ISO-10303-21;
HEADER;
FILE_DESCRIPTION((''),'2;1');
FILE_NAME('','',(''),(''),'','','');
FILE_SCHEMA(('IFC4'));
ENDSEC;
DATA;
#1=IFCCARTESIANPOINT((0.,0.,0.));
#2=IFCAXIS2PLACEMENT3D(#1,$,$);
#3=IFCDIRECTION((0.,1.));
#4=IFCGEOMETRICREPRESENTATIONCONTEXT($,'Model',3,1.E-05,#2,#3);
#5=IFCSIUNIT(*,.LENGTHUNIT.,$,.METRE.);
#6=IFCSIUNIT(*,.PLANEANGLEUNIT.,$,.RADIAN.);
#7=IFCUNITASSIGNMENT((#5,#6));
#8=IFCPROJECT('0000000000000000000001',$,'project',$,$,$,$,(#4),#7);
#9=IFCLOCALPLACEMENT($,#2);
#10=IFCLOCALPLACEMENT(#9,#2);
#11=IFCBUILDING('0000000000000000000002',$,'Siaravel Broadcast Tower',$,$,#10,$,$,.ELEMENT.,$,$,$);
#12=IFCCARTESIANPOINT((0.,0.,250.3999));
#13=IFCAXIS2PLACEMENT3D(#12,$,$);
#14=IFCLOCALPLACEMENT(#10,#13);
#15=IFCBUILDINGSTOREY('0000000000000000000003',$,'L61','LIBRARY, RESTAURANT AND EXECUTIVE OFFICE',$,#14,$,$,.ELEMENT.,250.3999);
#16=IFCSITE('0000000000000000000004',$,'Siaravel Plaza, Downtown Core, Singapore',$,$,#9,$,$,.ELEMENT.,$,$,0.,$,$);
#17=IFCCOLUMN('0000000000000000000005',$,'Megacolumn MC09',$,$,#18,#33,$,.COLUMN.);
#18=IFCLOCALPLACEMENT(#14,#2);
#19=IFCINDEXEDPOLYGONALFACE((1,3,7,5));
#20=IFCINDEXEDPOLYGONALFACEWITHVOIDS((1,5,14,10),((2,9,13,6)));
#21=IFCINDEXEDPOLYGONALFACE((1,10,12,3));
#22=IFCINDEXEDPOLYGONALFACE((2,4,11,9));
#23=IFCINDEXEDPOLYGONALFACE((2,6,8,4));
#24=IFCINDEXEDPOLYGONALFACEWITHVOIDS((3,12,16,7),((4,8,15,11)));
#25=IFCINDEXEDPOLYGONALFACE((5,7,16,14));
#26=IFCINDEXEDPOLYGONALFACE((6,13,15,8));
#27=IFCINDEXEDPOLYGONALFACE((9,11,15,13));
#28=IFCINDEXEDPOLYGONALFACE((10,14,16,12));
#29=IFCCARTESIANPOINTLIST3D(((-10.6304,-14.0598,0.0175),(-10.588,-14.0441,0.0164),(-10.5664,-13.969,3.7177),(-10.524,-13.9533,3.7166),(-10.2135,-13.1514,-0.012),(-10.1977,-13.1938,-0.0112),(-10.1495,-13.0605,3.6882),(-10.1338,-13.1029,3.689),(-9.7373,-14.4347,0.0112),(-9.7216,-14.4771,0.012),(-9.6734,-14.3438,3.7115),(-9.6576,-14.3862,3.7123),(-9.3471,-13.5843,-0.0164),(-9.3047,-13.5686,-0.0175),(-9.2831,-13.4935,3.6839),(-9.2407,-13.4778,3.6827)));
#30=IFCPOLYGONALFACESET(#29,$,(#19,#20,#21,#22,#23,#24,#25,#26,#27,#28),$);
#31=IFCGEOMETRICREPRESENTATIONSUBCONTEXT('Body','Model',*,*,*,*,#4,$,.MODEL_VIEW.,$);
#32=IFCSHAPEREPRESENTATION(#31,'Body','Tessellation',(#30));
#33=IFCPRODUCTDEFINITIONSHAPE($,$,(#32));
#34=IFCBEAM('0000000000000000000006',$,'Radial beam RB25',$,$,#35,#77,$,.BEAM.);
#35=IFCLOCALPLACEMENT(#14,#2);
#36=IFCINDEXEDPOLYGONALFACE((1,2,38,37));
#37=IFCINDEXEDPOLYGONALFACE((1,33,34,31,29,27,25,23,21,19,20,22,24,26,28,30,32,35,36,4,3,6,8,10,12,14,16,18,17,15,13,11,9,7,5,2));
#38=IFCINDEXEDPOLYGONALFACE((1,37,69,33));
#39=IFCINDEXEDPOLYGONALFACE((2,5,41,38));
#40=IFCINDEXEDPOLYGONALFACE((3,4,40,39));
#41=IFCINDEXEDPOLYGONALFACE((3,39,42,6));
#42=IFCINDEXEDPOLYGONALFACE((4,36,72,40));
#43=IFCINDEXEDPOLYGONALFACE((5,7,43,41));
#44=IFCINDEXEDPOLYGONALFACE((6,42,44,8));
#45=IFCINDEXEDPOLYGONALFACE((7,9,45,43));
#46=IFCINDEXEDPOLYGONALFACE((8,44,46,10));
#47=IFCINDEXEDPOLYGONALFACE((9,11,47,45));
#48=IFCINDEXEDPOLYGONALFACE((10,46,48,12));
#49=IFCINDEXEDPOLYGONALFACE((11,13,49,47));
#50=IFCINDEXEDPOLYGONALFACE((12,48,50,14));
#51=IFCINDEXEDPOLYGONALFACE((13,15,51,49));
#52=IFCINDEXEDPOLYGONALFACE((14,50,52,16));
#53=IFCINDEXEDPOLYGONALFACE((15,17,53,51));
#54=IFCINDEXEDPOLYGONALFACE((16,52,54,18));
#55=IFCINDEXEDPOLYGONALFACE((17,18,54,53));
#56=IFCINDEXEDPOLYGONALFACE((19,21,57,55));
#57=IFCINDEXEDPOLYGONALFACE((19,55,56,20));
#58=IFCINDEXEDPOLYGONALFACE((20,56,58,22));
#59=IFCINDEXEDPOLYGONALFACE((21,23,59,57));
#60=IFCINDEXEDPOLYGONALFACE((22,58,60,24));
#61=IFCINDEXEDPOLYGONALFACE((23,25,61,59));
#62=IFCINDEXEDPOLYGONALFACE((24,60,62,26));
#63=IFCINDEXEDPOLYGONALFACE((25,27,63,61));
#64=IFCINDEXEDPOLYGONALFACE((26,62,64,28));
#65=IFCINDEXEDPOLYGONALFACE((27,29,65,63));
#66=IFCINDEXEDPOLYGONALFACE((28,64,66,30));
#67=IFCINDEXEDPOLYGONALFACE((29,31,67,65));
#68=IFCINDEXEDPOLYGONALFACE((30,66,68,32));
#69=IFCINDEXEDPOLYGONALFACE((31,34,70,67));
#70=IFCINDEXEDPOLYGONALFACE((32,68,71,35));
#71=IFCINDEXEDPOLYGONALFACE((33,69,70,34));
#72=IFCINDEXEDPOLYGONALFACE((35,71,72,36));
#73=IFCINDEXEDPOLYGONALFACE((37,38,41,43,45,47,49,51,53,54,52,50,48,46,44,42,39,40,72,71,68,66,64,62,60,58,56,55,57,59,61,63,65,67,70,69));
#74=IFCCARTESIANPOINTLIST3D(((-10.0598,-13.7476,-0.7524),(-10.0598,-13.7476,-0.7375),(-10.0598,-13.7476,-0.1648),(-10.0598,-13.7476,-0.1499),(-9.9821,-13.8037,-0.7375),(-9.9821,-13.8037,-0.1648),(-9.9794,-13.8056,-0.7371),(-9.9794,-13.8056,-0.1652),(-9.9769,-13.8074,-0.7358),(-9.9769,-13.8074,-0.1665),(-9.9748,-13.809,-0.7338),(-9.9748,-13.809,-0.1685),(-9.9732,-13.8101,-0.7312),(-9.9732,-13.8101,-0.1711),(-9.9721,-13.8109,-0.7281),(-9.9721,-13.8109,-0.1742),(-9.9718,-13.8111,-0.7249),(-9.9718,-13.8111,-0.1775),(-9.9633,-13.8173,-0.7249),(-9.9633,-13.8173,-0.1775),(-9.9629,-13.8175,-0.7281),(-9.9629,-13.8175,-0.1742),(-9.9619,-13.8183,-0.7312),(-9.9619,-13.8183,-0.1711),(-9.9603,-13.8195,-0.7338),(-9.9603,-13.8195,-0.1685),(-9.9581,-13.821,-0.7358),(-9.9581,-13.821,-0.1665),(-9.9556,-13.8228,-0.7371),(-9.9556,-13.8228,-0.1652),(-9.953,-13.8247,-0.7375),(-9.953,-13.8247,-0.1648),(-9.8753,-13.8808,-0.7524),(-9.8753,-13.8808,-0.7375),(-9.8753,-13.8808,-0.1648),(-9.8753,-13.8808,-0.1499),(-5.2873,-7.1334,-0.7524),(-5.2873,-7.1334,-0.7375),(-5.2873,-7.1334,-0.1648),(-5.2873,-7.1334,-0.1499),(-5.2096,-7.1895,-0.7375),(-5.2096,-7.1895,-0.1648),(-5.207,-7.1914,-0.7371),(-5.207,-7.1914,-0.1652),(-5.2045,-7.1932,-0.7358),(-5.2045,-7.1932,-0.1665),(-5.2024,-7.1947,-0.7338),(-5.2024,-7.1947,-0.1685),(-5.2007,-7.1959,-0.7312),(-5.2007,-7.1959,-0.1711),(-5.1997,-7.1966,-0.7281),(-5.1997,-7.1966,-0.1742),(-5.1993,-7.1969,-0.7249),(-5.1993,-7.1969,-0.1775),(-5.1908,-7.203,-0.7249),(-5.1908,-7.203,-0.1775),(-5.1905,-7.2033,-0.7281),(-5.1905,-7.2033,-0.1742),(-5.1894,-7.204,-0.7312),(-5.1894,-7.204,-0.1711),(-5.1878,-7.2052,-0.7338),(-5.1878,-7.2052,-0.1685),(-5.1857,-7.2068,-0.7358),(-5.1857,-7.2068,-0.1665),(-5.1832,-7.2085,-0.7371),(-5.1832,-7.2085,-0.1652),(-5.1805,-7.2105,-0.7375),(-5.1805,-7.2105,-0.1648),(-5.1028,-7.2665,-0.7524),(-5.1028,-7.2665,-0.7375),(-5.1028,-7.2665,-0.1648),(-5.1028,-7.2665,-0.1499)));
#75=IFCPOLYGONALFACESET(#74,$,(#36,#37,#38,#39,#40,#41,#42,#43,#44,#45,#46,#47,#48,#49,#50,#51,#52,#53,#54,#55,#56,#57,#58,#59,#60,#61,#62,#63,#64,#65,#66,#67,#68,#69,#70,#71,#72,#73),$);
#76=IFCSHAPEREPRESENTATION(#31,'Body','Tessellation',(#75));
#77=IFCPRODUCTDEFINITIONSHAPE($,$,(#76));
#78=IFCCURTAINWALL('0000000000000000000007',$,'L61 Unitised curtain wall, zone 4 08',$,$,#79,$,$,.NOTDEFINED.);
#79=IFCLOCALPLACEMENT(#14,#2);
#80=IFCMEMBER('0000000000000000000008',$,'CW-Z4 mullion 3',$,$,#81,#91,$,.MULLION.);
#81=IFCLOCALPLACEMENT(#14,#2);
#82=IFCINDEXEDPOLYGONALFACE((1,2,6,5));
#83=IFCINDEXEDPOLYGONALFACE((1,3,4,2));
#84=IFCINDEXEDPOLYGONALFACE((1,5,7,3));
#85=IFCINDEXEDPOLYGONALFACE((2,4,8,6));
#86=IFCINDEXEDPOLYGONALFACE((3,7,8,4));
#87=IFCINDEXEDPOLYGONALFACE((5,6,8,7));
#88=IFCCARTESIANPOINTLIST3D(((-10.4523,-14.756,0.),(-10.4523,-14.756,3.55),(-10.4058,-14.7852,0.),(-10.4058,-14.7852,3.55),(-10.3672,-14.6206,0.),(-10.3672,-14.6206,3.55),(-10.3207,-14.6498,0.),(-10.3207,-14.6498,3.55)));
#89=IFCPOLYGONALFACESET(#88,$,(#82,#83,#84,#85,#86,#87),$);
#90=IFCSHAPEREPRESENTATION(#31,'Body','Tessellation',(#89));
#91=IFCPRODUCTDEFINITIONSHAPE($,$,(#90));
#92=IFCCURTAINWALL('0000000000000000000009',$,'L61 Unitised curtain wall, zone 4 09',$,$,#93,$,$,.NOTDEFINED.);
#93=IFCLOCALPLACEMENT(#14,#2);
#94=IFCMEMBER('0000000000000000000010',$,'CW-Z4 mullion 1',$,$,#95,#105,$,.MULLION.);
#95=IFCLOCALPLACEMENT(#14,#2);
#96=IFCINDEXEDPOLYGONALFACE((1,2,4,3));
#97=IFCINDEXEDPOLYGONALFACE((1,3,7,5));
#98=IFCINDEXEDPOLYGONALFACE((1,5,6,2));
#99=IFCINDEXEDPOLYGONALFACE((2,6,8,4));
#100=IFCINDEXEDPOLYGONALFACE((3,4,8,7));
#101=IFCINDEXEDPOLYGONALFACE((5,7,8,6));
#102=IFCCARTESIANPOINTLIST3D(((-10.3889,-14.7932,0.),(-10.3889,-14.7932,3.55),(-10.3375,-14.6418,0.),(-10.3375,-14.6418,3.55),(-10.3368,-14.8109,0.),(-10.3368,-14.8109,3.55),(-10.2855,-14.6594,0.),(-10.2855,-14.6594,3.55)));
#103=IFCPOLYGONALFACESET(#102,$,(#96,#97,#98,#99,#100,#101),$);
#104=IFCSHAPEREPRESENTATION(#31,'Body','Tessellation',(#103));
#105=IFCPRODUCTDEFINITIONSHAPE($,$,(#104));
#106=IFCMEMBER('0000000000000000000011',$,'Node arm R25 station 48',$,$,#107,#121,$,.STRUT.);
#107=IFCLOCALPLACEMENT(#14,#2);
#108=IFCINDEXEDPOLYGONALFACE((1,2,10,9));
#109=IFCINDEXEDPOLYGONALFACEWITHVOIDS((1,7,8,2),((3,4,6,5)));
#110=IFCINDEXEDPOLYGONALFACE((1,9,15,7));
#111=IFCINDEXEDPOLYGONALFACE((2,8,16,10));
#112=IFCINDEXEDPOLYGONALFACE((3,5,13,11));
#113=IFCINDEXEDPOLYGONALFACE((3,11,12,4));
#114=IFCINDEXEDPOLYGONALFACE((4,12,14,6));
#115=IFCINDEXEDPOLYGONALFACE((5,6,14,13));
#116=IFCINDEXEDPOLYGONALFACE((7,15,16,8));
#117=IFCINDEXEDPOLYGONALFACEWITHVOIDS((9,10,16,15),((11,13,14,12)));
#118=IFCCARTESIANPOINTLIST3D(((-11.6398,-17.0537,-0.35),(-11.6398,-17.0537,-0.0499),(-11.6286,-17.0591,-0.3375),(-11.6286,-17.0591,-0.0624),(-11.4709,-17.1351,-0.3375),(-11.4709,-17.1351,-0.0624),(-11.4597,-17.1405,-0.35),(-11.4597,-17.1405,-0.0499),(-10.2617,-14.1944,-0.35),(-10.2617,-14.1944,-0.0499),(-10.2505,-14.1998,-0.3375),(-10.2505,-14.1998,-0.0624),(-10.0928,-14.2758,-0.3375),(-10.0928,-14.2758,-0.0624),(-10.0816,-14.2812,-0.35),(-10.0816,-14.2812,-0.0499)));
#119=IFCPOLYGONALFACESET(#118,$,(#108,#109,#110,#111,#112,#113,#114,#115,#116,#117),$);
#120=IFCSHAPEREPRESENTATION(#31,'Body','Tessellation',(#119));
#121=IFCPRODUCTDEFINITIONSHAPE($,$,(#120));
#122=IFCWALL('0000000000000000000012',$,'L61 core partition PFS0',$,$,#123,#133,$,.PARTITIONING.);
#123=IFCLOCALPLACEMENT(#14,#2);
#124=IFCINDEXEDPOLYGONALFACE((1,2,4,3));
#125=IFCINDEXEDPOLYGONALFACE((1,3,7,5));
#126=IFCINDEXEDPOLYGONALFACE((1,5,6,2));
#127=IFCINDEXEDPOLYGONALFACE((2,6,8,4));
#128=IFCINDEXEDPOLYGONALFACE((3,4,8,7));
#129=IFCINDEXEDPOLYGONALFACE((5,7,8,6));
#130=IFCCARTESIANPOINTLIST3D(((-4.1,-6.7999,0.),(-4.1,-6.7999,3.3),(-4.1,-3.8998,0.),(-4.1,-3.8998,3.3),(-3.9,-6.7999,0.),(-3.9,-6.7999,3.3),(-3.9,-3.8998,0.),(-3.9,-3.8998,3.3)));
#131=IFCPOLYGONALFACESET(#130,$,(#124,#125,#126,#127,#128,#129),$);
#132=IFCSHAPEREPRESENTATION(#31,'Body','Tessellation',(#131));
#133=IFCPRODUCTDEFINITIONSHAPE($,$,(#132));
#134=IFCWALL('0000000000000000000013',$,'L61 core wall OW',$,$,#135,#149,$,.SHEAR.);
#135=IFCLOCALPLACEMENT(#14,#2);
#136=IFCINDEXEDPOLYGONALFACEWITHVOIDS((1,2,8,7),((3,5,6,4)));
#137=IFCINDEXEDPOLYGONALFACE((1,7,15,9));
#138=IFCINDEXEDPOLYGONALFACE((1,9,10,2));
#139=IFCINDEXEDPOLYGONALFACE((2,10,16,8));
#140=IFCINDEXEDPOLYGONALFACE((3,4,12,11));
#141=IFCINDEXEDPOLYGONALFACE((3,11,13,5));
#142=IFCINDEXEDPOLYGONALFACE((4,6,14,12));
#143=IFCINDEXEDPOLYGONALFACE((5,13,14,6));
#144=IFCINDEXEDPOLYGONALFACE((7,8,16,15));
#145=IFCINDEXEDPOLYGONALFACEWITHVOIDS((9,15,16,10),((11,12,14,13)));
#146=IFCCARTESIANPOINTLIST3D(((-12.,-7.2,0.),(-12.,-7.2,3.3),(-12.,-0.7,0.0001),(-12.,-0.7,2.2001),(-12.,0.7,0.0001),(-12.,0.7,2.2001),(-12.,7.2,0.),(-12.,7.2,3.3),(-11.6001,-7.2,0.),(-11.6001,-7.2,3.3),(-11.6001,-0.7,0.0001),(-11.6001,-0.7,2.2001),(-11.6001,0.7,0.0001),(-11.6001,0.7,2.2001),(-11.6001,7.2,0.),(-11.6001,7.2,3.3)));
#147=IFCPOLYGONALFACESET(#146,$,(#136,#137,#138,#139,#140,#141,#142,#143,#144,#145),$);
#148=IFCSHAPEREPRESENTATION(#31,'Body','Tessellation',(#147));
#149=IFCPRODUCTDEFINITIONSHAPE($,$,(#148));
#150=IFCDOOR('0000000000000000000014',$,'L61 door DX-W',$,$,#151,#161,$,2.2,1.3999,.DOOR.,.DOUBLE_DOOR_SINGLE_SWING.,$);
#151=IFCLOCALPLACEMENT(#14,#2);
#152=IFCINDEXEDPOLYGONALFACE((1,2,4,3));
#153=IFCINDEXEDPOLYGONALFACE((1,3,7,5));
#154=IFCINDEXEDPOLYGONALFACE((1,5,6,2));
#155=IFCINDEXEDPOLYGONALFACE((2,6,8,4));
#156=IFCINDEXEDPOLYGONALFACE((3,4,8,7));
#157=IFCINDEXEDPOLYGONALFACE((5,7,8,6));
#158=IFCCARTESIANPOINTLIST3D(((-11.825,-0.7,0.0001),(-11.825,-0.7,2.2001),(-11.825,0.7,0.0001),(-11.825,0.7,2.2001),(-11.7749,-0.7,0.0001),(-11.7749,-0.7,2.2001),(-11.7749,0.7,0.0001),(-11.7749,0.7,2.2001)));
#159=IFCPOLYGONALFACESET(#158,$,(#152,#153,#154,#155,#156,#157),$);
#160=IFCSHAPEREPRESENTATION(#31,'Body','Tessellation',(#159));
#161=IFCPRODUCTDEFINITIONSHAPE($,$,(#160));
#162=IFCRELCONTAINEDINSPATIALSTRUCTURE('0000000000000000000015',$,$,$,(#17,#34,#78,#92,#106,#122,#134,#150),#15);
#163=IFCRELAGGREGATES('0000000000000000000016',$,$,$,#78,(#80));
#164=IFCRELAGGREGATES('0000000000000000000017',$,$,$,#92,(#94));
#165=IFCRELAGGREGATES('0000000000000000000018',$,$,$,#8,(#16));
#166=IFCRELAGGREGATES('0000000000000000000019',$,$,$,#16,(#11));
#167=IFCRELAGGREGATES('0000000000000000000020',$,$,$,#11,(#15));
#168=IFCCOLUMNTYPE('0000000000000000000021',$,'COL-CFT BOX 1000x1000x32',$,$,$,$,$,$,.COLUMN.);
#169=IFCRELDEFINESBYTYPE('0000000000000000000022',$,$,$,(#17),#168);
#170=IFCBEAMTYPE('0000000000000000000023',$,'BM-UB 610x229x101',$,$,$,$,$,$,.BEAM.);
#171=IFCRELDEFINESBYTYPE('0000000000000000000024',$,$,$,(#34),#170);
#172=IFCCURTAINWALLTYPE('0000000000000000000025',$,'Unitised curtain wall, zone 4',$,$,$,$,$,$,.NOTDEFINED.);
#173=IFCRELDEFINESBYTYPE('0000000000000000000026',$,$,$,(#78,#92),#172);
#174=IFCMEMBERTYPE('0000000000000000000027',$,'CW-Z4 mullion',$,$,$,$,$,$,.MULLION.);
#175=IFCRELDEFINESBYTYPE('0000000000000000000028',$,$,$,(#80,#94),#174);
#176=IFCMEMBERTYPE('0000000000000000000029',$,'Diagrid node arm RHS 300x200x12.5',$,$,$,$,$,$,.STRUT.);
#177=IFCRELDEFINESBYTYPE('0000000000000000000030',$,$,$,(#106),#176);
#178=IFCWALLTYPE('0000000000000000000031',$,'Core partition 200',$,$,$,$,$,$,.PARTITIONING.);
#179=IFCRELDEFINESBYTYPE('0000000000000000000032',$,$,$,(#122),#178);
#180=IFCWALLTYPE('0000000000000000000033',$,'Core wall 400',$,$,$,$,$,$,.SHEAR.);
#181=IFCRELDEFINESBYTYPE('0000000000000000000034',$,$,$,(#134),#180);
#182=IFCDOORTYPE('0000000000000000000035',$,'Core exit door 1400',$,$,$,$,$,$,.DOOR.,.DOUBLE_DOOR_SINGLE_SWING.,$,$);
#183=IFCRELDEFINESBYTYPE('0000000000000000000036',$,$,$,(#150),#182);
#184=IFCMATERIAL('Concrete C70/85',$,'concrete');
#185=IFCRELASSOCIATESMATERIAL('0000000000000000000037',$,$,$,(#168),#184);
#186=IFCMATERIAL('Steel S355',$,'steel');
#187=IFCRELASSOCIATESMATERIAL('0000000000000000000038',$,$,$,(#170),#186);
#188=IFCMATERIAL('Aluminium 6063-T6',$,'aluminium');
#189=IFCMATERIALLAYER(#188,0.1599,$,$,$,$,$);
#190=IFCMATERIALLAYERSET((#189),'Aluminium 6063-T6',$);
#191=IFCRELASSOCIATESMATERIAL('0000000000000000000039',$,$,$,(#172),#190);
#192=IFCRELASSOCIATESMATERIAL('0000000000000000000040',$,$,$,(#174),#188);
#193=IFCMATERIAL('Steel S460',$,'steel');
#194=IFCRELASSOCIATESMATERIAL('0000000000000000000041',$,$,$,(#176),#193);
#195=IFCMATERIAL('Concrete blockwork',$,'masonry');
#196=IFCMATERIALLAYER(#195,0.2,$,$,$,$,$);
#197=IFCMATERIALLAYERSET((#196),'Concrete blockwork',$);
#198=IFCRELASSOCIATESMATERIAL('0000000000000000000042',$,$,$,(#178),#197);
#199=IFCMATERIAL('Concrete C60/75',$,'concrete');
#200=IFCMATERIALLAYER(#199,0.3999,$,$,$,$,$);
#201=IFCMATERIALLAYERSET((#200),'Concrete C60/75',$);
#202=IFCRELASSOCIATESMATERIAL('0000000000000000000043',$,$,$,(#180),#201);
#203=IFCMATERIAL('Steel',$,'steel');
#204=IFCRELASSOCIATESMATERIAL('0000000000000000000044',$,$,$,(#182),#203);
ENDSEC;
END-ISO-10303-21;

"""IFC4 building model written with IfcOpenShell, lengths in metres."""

from ifc_helpers import new_model, si_unit, direction, frame, frame_2d, origin, origin_2d, place, context, subcontext, project, spatial, rectangle, hollow_rectangle, i_section, extrude, material, layer, layer_set, material_profile, profile_set, type_object, element, fill, aggregate, save


model = new_model("IFC4")

# Units and contexts
model_context = context("Model", 3, precision=1e-05, world=origin(), true_north=direction((0.0, 1.0)))
body_context = subcontext(model_context, "Body", "Model", "MODEL_VIEW")
ifc_project = project(units=[si_unit("LENGTHUNIT", "METRE"), si_unit("PLANEANGLEUNIT", "RADIAN")], contexts=[model_context])

# Site, building, storey
site_placement = place(None, origin())
site = spatial("IfcSite", under=ifc_project, at=site_placement, Name="Siaravel Plaza, Downtown Core, Singapore", CompositionType="ELEMENT", RefElevation=0.0)
building_placement = place(site_placement, origin())
building = spatial("IfcBuilding", under=site, at=building_placement, Name="Siaravel Broadcast Tower", CompositionType="ELEMENT")
storey_placement = place(building_placement, frame((0.0, 0.0, 250.3999)))
storey = spatial("IfcBuildingStorey", under=building, at=storey_placement, Name="L61", Description="LIBRARY, RESTAURANT AND EXECUTIVE OFFICE", CompositionType="ELEMENT", Elevation=250.3999)

# Column
ifc_material_1 = material(Name="Concrete C70/85", Category="concrete")
ifc_material_profile_1 = material_profile(ifc_material_1, hollow_rectangle(XDim=1.0, YDim=1.0, WallThickness=0.032, at=origin_2d()))
ifc_profile_set_1 = profile_set([ifc_material_profile_1], Name="Concrete C70/85")
column_type = type_object("IfcColumnType", Name="COL-CFT BOX 1000x1000x32", PredefinedType="COLUMN", material=ifc_profile_set_1)
column_placement = place(storey_placement, frame((-9.9675, -13.8142, 0.0), z_axis=(0.017279, 0.024534, 0.99955), x_axis=(-0.908788, 0.417222, 0.00547)))
element("IfcColumn", 1, at=column_placement, inside=storey, type_object=column_type, Name="Megacolumn MC09", PredefinedType="COLUMN", context=body_context, shape_type="SweptSolid", body=[
    extrude(hollow_rectangle(XDim=1.0, YDim=1.0, WallThickness=0.032, at=origin_2d()), origin(), (0.0, 0.0, 1.0), 3.7019),
])

# Beam
ifc_material_2 = material(Name="Steel S355", Category="steel")
ifc_material_profile_2 = material_profile(ifc_material_2, i_section(OverallWidth=0.2275, OverallDepth=0.6025, WebThickness=0.0105, FlangeThickness=0.0149, FilletRadius=0.0127, at=origin_2d()))
ifc_profile_set_2 = profile_set([ifc_material_profile_2], Name="Steel S355")
beam_type = type_object("IfcBeamType", Name="BM-UB 610x229x101", PredefinedType="BEAM", material=ifc_profile_set_2)
beam_placement = place(storey_placement, frame((-9.9675, -13.8142, -0.4512), z_axis=(0.585128, 0.810941, 0.0), x_axis=(-0.810941, 0.585128, 0.0)))
element("IfcBeam", 2, at=beam_placement, inside=storey, type_object=beam_type, Name="Radial beam RB25", PredefinedType="BEAM", context=body_context, shape_type="SweptSolid", body=[
    extrude(i_section(OverallWidth=0.2275, OverallDepth=0.6025, WebThickness=0.0105, FlangeThickness=0.0149, FilletRadius=0.0127, at=origin_2d()), origin(), (0.0, 0.0, 1.0), 8.1562),
])

# Curtain walls, members
ifc_material_3 = material(Name="Aluminium 6063-T6", Category="aluminium")
ifc_layer_1 = layer(ifc_material_3, 0.1599)
ifc_layer_set_1 = layer_set([ifc_layer_1], Name="Aluminium 6063-T6")
curtain_wall_type = type_object("IfcCurtainWallType", Name="Unitised curtain wall, zone 4", PredefinedType="NOTDEFINED", material=ifc_layer_set_1)
curtain_wall_1_placement = place(storey_placement, origin())
curtain_wall_1 = element("IfcCurtainWall", 3, at=curtain_wall_1_placement, inside=storey, type_object=curtain_wall_type, Name="L61 Unitised curtain wall, zone 4 08", PredefinedType="NOTDEFINED")
ifc_material_profile_3 = material_profile(ifc_material_3, rectangle(XDim=0.1599, YDim=0.0549, at=origin_2d()))
ifc_profile_set_3 = profile_set([ifc_material_profile_3], Name="Aluminium 6063-T6")
member_type_1 = type_object("IfcMemberType", Name="CW-Z4 mullion", PredefinedType="MULLION", material=ifc_profile_set_3)
member_1_placement = place(storey_placement, frame((-10.3865, -14.7029, 0.0), z_axis=(0.0, 0.0, 1.0), x_axis=(0.532151, 0.84665, 0.0)))
member_1 = element("IfcMember", 4, at=member_1_placement, type_object=member_type_1, Name="CW-Z4 mullion 3", PredefinedType="MULLION", context=body_context, shape_type="SweptSolid", body=[
    extrude(rectangle(XDim=0.1599, YDim=0.0549, at=origin_2d()), origin(), (0.0, 0.0, 1.0), 3.55),
])
aggregate(curtain_wall_1, [member_1])
curtain_wall_2_placement = place(storey_placement, origin())
curtain_wall_2 = element("IfcCurtainWall", 5, at=curtain_wall_2_placement, inside=storey, type_object=curtain_wall_type, Name="L61 Unitised curtain wall, zone 4 09", PredefinedType="NOTDEFINED")
member_2_placement = place(storey_placement, frame((-10.3372, -14.7263, 0.0), z_axis=(0.0, 0.0, 1.0), x_axis=(0.321302, 0.946977, 0.0)))
member_2 = element("IfcMember", 6, at=member_2_placement, type_object=member_type_1, Name="CW-Z4 mullion 1", PredefinedType="MULLION", context=body_context, shape_type="SweptSolid", body=[
    extrude(rectangle(XDim=0.1599, YDim=0.0549, at=origin_2d()), origin(), (0.0, 0.0, 1.0), 3.55),
])
aggregate(curtain_wall_2, [member_2])

# Member
ifc_material_4 = material(Name="Steel S460", Category="steel")
ifc_material_profile_4 = material_profile(ifc_material_4, hollow_rectangle(XDim=0.2, YDim=0.3, WallThickness=0.0125, at=origin_2d()))
ifc_profile_set_4 = profile_set([ifc_material_profile_4], Name="Steel S460")
member_type_2 = type_object("IfcMemberType", Name="Diagrid node arm RHS 300x200x12.5", PredefinedType="STRUT", material=ifc_profile_set_4)
member_3_placement = place(storey_placement, frame((-10.1716, -14.2378, -0.2), z_axis=(-0.434183, -0.900825, 0.0), x_axis=(0.900825, -0.434183, 0.0)))
element("IfcMember", 7, at=member_3_placement, inside=storey, type_object=member_type_2, Name="Node arm R25 station 48", PredefinedType="STRUT", context=body_context, shape_type="SweptSolid", body=[
    extrude(hollow_rectangle(XDim=0.2, YDim=0.3, WallThickness=0.0125, at=origin_2d()), origin(), (0.0, 0.0, 1.0), 3.1741),
])

# Wall
ifc_material_5 = material(Name="Concrete blockwork", Category="masonry")
ifc_layer_2 = layer(ifc_material_5, 0.2)
ifc_layer_set_2 = layer_set([ifc_layer_2], Name="Concrete blockwork")
wall_type_1 = type_object("IfcWallType", Name="Core partition 200", PredefinedType="PARTITIONING", material=ifc_layer_set_2)
wall_1_placement = place(storey_placement, frame((-4.0, -6.8, 0.0), z_axis=(0.0, 0.0, 1.0), x_axis=(0.0, 1.0, 0.0)))
element("IfcWall", 8, at=wall_1_placement, inside=storey, type_object=wall_type_1, Name="L61 core partition PFS0", PredefinedType="PARTITIONING", context=body_context, shape_type="SweptSolid", body=[
    extrude(rectangle(XDim=2.9001, YDim=0.2, at=frame_2d((1.4502, 0.0))), origin(), (0.0, 0.0, 1.0), 3.3),
])

# Wall, opening, door
ifc_material_6 = material(Name="Concrete C60/75", Category="concrete")
ifc_layer_3 = layer(ifc_material_6, 0.3999)
ifc_layer_set_3 = layer_set([ifc_layer_3], Name="Concrete C60/75")
wall_type_2 = type_object("IfcWallType", Name="Core wall 400", PredefinedType="SHEAR", material=ifc_layer_set_3)
wall_2_placement = place(storey_placement, frame((-11.8, -7.2, 0.0), z_axis=(0.0, 0.0, 1.0), x_axis=(0.0, 1.0, 0.0)))
wall_2 = element("IfcWall", 9, at=wall_2_placement, inside=storey, type_object=wall_type_2, Name="L61 core wall OW", PredefinedType="SHEAR", context=body_context, shape_type="SweptSolid", body=[
    extrude(rectangle(XDim=14.3999, YDim=0.3999, at=frame_2d((7.2, 0.0))), origin(), (0.0, 0.0, 1.0), 3.3),
])
opening_1_placement = place(wall_2_placement, frame((6.5, 0.0, 0.0)))
opening_1 = element("IfcOpeningElement", 10, at=opening_1_placement, cuts=wall_2, PredefinedType="OPENING", context=body_context, shape_type="SweptSolid", body=[
    extrude(rectangle(XDim=1.3999, YDim=2.2, at=frame_2d((0.7, 1.1001))), frame((0.0, 0.21, 0.0), z_axis=(0.0, -1.0, 0.0), x_axis=(1.0, 0.0, 0.0)), (0.0, 0.0, 1.0), 0.4199),
])
ifc_material_7 = material(Name="Steel", Category="steel")
door_type_1 = type_object("IfcDoorType", Name="Core exit door 1400", OperationType="DOUBLE_DOOR_SINGLE_SWING", PredefinedType="DOOR", material=ifc_material_7)
door_1_placement = place(opening_1_placement, origin())
door_1 = element("IfcDoor", 11, at=door_1_placement, inside=storey, type_object=door_type_1, Name="L61 door DX-W", OperationType="DOUBLE_DOOR_SINGLE_SWING", OverallHeight=2.2, OverallWidth=1.3999, PredefinedType="DOOR", context=body_context, shape_type="SweptSolid", body=[
    extrude(rectangle(XDim=1.3999, YDim=2.2, at=frame_2d((0.7, 1.1001))), frame((0.0, 0.0249, 0.0), z_axis=(0.0, -1.0, 0.0), x_axis=(1.0, 0.0, 0.0)), (0.0, 0.0, 1.0), 0.05),
])
fill(opening_1, door_1)

save(model, "model.ifc")
